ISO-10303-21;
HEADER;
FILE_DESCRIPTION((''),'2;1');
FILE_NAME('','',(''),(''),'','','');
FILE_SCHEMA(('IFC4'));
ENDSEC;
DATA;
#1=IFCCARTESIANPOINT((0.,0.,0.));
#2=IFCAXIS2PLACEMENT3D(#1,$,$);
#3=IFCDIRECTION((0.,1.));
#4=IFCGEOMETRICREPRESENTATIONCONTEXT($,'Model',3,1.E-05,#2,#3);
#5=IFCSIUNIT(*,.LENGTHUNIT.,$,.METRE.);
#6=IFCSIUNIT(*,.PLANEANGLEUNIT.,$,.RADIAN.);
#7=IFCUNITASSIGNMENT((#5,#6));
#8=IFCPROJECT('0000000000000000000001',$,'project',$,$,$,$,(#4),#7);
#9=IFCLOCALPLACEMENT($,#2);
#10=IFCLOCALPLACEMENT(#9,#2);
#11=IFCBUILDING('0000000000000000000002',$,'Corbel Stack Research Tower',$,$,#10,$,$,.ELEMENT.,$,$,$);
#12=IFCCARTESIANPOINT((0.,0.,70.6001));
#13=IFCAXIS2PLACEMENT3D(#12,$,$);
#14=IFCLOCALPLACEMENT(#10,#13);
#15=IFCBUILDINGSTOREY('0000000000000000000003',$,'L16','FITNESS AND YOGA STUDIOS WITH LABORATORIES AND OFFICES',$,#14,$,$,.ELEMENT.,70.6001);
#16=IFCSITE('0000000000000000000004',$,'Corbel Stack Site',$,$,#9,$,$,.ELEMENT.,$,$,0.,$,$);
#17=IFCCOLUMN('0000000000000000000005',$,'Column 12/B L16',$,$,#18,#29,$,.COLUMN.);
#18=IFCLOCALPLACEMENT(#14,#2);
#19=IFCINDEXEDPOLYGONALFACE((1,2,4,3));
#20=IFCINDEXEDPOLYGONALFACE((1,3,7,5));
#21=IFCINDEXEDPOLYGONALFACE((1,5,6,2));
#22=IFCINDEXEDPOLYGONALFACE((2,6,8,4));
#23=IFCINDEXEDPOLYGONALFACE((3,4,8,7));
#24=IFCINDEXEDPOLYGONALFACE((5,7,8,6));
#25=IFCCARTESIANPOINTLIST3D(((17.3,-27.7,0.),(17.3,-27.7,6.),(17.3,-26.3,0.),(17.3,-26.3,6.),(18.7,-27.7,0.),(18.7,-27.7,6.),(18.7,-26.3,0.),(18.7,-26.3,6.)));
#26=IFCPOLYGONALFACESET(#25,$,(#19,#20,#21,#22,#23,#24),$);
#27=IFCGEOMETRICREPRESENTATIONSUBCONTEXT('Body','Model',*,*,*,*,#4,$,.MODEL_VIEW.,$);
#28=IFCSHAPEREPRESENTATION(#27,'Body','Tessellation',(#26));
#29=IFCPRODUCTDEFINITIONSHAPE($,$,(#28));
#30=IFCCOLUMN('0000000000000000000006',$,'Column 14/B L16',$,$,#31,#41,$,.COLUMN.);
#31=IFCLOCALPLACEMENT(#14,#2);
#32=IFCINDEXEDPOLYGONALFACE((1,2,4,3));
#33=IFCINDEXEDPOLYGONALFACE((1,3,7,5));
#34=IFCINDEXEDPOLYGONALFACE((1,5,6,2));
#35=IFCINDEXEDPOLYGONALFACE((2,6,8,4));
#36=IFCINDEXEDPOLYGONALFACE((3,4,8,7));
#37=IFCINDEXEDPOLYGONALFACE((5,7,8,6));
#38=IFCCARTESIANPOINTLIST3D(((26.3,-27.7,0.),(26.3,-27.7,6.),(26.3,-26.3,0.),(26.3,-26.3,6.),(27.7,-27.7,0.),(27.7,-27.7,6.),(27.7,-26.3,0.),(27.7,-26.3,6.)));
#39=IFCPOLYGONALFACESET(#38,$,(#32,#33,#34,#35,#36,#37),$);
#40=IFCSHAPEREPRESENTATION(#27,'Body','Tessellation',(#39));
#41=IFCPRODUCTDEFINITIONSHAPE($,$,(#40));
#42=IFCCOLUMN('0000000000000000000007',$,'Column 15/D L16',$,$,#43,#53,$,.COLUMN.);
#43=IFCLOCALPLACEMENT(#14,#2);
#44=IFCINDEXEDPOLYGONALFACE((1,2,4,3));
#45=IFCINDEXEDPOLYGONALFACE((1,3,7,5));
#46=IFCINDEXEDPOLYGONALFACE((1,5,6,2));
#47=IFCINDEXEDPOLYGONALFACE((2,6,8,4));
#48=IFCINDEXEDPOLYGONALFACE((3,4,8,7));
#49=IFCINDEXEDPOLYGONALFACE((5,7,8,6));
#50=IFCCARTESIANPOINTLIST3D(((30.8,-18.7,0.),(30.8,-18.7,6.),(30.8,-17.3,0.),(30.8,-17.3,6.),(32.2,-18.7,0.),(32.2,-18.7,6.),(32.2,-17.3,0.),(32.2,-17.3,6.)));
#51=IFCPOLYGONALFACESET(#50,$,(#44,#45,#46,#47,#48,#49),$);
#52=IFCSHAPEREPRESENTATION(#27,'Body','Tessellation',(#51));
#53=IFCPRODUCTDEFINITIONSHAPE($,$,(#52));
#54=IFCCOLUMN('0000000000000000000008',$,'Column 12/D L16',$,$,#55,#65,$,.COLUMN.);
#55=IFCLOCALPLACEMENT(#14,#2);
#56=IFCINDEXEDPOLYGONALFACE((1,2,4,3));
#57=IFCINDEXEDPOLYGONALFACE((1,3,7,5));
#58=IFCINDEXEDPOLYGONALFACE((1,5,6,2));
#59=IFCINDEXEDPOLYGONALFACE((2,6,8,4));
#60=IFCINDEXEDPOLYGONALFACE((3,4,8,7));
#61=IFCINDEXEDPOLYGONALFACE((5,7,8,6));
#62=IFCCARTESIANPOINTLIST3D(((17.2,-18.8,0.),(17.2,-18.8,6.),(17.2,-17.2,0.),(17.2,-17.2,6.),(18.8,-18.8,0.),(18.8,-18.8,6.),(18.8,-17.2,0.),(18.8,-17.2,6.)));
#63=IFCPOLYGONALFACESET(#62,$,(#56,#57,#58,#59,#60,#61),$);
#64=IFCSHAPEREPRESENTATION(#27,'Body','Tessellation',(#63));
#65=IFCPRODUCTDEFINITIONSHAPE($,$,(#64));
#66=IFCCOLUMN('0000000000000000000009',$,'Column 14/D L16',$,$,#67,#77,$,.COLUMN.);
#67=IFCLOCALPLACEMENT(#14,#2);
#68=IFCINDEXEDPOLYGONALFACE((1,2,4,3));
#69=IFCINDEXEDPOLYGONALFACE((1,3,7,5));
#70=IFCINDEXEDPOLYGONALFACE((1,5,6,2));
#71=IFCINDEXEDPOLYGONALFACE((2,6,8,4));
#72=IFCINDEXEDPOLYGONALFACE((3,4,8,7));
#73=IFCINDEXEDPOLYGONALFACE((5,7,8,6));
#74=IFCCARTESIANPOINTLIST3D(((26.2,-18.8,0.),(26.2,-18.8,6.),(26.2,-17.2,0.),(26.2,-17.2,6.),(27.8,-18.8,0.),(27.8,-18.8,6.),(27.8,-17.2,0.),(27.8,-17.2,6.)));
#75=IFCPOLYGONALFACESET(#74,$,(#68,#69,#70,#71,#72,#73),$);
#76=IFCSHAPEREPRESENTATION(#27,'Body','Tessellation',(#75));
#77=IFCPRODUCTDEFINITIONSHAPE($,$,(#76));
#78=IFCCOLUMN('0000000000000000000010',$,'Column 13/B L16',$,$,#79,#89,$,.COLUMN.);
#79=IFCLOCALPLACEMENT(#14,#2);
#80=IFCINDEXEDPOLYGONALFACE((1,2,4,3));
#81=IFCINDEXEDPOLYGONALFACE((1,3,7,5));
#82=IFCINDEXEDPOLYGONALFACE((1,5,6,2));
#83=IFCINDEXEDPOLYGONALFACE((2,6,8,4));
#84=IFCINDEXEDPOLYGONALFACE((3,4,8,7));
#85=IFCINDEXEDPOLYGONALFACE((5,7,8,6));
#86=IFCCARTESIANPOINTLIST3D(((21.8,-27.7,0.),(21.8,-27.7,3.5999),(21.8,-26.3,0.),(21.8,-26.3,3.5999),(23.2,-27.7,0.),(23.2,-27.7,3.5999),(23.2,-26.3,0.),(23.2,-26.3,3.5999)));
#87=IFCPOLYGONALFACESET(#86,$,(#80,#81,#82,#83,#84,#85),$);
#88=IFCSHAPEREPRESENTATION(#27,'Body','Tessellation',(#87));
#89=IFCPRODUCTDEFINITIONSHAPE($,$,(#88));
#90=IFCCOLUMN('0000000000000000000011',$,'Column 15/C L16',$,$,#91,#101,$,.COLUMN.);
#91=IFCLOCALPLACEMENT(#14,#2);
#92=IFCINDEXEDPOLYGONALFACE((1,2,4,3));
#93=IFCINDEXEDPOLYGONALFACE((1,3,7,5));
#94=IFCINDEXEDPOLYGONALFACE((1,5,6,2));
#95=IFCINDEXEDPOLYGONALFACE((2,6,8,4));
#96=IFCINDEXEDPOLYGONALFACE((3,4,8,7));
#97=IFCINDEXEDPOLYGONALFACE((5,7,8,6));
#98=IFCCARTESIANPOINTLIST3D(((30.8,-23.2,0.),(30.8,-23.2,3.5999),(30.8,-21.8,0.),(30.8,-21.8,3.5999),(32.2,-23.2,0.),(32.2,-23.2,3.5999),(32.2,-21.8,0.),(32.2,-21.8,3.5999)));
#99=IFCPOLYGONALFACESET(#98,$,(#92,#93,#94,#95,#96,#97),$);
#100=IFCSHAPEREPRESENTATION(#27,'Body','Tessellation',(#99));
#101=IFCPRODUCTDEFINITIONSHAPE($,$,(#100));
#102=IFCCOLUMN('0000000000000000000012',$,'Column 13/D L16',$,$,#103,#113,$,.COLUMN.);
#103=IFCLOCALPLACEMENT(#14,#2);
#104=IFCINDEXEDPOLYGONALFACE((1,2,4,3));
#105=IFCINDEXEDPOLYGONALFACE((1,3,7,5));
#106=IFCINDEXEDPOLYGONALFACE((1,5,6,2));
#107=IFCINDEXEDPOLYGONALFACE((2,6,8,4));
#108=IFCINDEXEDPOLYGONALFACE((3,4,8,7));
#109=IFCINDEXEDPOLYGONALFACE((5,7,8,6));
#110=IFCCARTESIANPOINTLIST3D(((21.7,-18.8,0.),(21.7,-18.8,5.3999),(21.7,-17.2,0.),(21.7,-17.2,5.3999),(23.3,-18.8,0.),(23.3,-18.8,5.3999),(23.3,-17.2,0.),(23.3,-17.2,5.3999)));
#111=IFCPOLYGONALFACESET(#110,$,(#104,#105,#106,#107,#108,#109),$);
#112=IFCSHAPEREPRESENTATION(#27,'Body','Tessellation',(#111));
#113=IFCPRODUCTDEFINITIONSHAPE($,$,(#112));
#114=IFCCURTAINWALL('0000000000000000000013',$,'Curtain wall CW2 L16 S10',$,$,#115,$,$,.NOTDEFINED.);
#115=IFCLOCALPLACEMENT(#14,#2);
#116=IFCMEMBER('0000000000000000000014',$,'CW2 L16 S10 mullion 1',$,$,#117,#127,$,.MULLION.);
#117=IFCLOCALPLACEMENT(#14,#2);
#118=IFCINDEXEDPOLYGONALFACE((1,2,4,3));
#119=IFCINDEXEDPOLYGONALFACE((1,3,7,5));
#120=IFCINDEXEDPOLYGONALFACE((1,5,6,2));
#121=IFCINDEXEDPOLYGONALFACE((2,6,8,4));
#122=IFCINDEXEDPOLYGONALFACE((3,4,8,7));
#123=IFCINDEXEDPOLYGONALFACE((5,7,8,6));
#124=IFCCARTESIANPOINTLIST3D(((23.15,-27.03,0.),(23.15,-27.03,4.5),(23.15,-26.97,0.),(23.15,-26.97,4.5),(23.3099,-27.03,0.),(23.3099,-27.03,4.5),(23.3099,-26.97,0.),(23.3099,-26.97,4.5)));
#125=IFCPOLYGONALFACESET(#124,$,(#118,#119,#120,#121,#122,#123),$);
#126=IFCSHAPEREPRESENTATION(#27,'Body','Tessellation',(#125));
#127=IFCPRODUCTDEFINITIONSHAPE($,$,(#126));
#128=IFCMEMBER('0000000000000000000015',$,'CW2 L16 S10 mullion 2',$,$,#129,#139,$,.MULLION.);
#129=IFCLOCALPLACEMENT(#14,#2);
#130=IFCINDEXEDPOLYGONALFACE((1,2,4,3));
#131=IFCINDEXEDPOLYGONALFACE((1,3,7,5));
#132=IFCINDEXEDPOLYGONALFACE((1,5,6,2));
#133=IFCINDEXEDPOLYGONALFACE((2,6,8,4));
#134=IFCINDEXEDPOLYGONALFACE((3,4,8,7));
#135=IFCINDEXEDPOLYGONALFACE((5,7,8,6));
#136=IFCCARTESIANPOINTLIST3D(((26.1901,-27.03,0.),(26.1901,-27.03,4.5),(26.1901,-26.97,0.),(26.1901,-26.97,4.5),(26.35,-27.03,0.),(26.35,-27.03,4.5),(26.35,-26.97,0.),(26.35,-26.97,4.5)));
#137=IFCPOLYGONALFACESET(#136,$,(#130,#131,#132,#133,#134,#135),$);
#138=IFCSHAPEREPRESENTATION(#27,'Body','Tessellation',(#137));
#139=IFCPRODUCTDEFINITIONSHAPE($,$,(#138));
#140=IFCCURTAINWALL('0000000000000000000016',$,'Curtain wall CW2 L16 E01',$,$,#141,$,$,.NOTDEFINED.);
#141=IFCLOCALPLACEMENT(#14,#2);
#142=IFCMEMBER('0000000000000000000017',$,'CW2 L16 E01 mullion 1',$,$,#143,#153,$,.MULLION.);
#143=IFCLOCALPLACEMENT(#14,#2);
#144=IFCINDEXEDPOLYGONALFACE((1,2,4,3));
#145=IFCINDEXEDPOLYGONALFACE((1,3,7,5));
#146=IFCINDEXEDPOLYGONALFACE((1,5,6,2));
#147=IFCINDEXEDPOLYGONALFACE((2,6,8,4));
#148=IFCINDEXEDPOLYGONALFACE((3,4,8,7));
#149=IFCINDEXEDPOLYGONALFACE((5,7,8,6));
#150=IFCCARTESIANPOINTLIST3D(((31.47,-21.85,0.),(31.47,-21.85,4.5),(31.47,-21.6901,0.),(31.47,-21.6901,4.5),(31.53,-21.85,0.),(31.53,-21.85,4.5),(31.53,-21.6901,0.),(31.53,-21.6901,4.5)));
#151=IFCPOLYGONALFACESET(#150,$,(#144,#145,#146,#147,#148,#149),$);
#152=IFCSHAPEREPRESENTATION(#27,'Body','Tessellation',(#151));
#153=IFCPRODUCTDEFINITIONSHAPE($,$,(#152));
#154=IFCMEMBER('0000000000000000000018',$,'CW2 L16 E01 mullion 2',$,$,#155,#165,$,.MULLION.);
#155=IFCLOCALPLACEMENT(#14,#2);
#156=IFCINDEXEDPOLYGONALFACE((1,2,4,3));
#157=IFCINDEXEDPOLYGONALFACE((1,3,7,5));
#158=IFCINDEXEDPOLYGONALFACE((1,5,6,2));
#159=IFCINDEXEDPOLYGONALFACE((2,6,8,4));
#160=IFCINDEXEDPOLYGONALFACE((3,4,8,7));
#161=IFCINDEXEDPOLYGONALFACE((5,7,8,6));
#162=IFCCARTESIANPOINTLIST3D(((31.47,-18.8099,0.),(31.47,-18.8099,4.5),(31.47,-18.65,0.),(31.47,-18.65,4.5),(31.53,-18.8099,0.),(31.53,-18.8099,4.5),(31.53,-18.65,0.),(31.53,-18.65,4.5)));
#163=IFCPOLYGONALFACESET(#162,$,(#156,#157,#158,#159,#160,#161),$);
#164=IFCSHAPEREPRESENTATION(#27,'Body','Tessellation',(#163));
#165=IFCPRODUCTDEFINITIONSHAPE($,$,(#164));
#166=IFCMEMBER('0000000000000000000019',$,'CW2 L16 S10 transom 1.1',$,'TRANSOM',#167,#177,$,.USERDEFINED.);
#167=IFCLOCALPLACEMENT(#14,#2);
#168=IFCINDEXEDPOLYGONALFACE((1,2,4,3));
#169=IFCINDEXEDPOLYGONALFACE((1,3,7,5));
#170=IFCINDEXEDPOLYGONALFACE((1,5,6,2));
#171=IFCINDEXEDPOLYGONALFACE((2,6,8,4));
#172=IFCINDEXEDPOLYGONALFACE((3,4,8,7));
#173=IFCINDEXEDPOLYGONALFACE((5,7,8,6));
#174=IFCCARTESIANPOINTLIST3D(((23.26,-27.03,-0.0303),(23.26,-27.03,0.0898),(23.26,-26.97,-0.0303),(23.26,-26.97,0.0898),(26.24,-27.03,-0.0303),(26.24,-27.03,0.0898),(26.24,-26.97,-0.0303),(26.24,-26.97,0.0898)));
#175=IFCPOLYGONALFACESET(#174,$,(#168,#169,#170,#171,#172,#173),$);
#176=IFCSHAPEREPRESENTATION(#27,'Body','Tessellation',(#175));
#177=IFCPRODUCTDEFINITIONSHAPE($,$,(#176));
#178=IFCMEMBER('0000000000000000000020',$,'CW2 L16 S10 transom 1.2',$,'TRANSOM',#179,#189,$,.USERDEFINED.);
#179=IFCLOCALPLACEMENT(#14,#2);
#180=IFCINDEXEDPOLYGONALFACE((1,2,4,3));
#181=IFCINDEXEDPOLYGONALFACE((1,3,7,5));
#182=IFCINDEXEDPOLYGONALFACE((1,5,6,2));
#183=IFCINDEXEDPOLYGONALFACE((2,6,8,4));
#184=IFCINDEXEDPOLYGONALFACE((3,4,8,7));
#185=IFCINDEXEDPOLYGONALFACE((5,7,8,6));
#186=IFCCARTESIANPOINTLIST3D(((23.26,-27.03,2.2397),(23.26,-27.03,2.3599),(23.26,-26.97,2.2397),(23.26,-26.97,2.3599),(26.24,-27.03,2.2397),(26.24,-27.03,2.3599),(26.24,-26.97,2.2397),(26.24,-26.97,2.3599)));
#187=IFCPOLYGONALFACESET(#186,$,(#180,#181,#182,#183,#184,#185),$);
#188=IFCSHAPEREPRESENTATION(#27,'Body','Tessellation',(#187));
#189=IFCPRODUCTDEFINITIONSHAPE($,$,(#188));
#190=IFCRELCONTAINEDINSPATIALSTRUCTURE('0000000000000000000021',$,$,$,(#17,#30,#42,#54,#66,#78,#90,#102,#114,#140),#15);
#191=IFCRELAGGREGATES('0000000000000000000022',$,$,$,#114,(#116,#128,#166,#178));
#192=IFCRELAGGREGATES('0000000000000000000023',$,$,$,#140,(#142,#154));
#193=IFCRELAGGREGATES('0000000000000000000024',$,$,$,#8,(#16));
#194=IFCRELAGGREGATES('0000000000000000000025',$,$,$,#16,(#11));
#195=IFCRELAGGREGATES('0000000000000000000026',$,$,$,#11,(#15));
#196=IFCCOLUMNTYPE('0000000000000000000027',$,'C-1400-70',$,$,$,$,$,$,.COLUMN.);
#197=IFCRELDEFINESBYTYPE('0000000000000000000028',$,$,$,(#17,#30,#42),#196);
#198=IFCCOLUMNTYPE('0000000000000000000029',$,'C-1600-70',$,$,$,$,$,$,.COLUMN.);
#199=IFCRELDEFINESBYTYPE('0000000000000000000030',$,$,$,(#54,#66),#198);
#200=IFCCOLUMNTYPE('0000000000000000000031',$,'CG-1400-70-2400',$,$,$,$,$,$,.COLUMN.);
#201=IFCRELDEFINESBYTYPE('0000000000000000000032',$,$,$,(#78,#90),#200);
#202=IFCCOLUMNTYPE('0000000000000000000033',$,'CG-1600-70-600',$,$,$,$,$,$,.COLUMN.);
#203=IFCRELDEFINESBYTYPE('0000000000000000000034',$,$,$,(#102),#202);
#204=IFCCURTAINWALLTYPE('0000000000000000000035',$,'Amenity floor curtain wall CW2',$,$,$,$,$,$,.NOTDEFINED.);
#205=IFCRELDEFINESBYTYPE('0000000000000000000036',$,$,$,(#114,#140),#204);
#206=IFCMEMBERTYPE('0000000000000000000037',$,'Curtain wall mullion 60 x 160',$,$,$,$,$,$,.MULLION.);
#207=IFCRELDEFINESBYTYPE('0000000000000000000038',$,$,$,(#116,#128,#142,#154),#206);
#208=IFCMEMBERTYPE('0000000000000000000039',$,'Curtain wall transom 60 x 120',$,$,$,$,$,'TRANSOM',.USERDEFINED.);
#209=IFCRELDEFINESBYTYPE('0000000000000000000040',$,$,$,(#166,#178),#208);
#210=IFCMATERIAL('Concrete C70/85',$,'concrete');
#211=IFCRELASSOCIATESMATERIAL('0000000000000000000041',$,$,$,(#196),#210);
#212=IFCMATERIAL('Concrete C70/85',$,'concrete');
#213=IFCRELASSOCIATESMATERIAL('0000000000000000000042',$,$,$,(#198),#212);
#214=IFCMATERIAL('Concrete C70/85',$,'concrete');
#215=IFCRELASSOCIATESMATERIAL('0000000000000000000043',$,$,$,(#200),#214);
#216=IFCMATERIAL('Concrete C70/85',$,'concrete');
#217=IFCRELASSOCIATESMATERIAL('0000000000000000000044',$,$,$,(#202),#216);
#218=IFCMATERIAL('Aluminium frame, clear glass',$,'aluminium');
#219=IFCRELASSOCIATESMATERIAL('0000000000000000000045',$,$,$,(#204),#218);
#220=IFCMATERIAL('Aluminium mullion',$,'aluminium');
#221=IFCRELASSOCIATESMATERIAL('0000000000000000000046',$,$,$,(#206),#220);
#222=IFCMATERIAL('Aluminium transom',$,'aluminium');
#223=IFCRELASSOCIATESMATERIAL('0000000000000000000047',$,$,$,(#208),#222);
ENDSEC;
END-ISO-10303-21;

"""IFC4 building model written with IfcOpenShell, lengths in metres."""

from ifc_helpers import new_model, si_unit, direction, frame, origin, origin_2d, place, context, subcontext, project, spatial, rectangle, extrude, material, material_profile, profile_set, type_object, element, aggregate, save


model = new_model("IFC4")

# Units and contexts
model_context = context("Model", 3, precision=1e-05, world=origin(), true_north=direction((0.0, 1.0)))
body_context = subcontext(model_context, "Body", "Model", "MODEL_VIEW")
ifc_project = project(units=[si_unit("LENGTHUNIT", "METRE"), si_unit("PLANEANGLEUNIT", "RADIAN")], contexts=[model_context])

# Site, building, storey
site_placement = place(None, origin())
site = spatial("IfcSite", under=ifc_project, at=site_placement, Name="Corbel Stack Site", CompositionType="ELEMENT", RefElevation=0.0)
building_placement = place(site_placement, origin())
building = spatial("IfcBuilding", under=site, at=building_placement, Name="Corbel Stack Research Tower", CompositionType="ELEMENT")
storey_placement = place(building_placement, frame((0.0, 0.0, 70.6001)))
storey = spatial("IfcBuildingStorey", under=building, at=storey_placement, Name="L16", Description="FITNESS AND YOGA STUDIOS WITH LABORATORIES AND OFFICES", CompositionType="ELEMENT", Elevation=70.6001)

# Columns
ifc_material_1 = material(Name="Concrete C70/85", Category="concrete")
ifc_material_profile_1 = material_profile(ifc_material_1, rectangle(XDim=1.3999, YDim=1.3999, at=origin_2d()), Name="RC 1400 x 1400")
ifc_profile_set_1 = profile_set([ifc_material_profile_1], Name="Concrete C70/85")
column_type_1 = type_object("IfcColumnType", Name="C-1400-70", PredefinedType="COLUMN", material=ifc_profile_set_1)
for number, where, z_axis, x_axis, name in (
    (1, (18.0, -27.0, 0.0), (0.0, 0.0, 1.0), (1.0, 0.0, 0.0), "Column 12/B L16"),
    (2, (27.0, -27.0, 0.0), (0.0, 0.0, 1.0), (1.0, 0.0, 0.0), "Column 14/B L16"),
    (3, (31.5, -18.0, 0.0), (0.0, 0.0, 1.0), (1.0, 0.0, 0.0), "Column 15/D L16"),
):
    element("IfcColumn", number, at=place(storey_placement, frame(where, z_axis=z_axis, x_axis=x_axis)), inside=storey, type_object=column_type_1, Name=name, PredefinedType="COLUMN", context=body_context, shape_type="SweptSolid", body=[
        extrude(rectangle(XDim=1.3999, YDim=1.3999, at=origin_2d()), origin(), (0.0, 0.0, 1.0), 6.0),
    ])
ifc_material_2 = material(Name="Concrete C70/85", Category="concrete")
ifc_material_profile_2 = material_profile(ifc_material_2, rectangle(XDim=1.6001, YDim=1.6001, at=origin_2d()), Name="RC 1600 x 1600")
ifc_profile_set_2 = profile_set([ifc_material_profile_2], Name="Concrete C70/85")
column_type_2 = type_object("IfcColumnType", Name="C-1600-70", PredefinedType="COLUMN", material=ifc_profile_set_2)
for number, where, z_axis, x_axis, name in (
    (4, (18.0, -18.0, 0.0), (0.0, 0.0, 1.0), (1.0, 0.0, 0.0), "Column 12/D L16"),
    (5, (27.0, -18.0, 0.0), (0.0, 0.0, 1.0), (1.0, 0.0, 0.0), "Column 14/D L16"),
):
    element("IfcColumn", number, at=place(storey_placement, frame(where, z_axis=z_axis, x_axis=x_axis)), inside=storey, type_object=column_type_2, Name=name, PredefinedType="COLUMN", context=body_context, shape_type="SweptSolid", body=[
        extrude(rectangle(XDim=1.6001, YDim=1.6001, at=origin_2d()), origin(), (0.0, 0.0, 1.0), 6.0),
    ])
ifc_material_3 = material(Name="Concrete C70/85", Category="concrete")
ifc_material_profile_3 = material_profile(ifc_material_3, rectangle(XDim=1.3999, YDim=1.3999, at=origin_2d()), Name="RC 1400 x 1400")
ifc_profile_set_3 = profile_set([ifc_material_profile_3], Name="Concrete C70/85")
column_type_3 = type_object("IfcColumnType", Name="CG-1400-70-2400", PredefinedType="COLUMN", material=ifc_profile_set_3)
for number, where, z_axis, x_axis, name in (
    (6, (22.5, -27.0, 0.0), (0.0, 0.0, 1.0), (1.0, 0.0, 0.0), "Column 13/B L16"),
    (7, (31.5, -22.5, 0.0), (0.0, 0.0, 1.0), (1.0, 0.0, 0.0), "Column 15/C L16"),
):
    element("IfcColumn", number, at=place(storey_placement, frame(where, z_axis=z_axis, x_axis=x_axis)), inside=storey, type_object=column_type_3, Name=name, PredefinedType="COLUMN", context=body_context, shape_type="SweptSolid", body=[
        extrude(rectangle(XDim=1.3999, YDim=1.3999, at=origin_2d()), origin(), (0.0, 0.0, 1.0), 3.5999),
    ])
ifc_material_4 = material(Name="Concrete C70/85", Category="concrete")
ifc_material_profile_4 = material_profile(ifc_material_4, rectangle(XDim=1.6001, YDim=1.6001, at=origin_2d()), Name="RC 1600 x 1600")
ifc_profile_set_4 = profile_set([ifc_material_profile_4], Name="Concrete C70/85")
column_type_4 = type_object("IfcColumnType", Name="CG-1600-70-600", PredefinedType="COLUMN", material=ifc_profile_set_4)
column_placement = place(storey_placement, frame((22.5, -18.0, 0.0), z_axis=(0.0, 0.0, 1.0), x_axis=(1.0, 0.0, 0.0)))
element("IfcColumn", 8, at=column_placement, inside=storey, type_object=column_type_4, Name="Column 13/D L16", PredefinedType="COLUMN", context=body_context, shape_type="SweptSolid", body=[
    extrude(rectangle(XDim=1.6001, YDim=1.6001, at=origin_2d()), origin(), (0.0, 0.0, 1.0), 5.3999),
])

# Curtain walls, members
ifc_material_5 = material(Name="Aluminium frame, clear glass", Category="aluminium")
curtain_wall_type = type_object("IfcCurtainWallType", Name="Amenity floor curtain wall CW2", PredefinedType="NOTDEFINED", material=ifc_material_5)
curtain_wall_1_placement = place(storey_placement, origin())
curtain_wall_1 = element("IfcCurtainWall", 9, at=curtain_wall_1_placement, inside=storey, type_object=curtain_wall_type, Name="Curtain wall CW2 L16 S10", PredefinedType="NOTDEFINED")
ifc_material_6 = material(Name="Aluminium mullion", Category="aluminium")
ifc_material_profile_5 = material_profile(ifc_material_6, rectangle(XDim=0.0601, YDim=0.1599, at=origin_2d()), Name="Mullion 60 x 160")
ifc_profile_set_5 = profile_set([ifc_material_profile_5], Name="Aluminium mullion")
member_type_1 = type_object("IfcMemberType", Name="Curtain wall mullion 60 x 160", PredefinedType="MULLION", material=ifc_profile_set_5)
member_1_placement = place(storey_placement, frame((23.23, -27.0, 0.0), z_axis=(0.0, 0.0, 1.0), x_axis=(0.0, 1.0, 0.0)))
member_1 = element("IfcMember", 10, at=member_1_placement, type_object=member_type_1, Name="CW2 L16 S10 mullion 1", PredefinedType="MULLION", context=body_context, shape_type="SweptSolid", body=[
    extrude(rectangle(XDim=0.0601, YDim=0.1599, at=origin_2d()), origin(), (0.0, 0.0, 1.0), 4.5),
])
member_2_placement = place(storey_placement, frame((26.27, -27.0, 0.0), z_axis=(0.0, 0.0, 1.0), x_axis=(0.0, 1.0, 0.0)))
member_2 = element("IfcMember", 11, at=member_2_placement, type_object=member_type_1, Name="CW2 L16 S10 mullion 2", PredefinedType="MULLION", context=body_context, shape_type="SweptSolid", body=[
    extrude(rectangle(XDim=0.0601, YDim=0.1599, at=origin_2d()), origin(), (0.0, 0.0, 1.0), 4.5),
])
curtain_wall_2_placement = place(storey_placement, origin())
curtain_wall_2 = element("IfcCurtainWall", 12, at=curtain_wall_2_placement, inside=storey, type_object=curtain_wall_type, Name="Curtain wall CW2 L16 E01", PredefinedType="NOTDEFINED")
member_3_placement = place(storey_placement, frame((31.5, -21.77, 0.0), z_axis=(0.0, 0.0, 1.0), x_axis=(-1.0, 0.0, 0.0)))
member_3 = element("IfcMember", 13, at=member_3_placement, type_object=member_type_1, Name="CW2 L16 E01 mullion 1", PredefinedType="MULLION", context=body_context, shape_type="SweptSolid", body=[
    extrude(rectangle(XDim=0.0601, YDim=0.1599, at=origin_2d()), origin(), (0.0, 0.0, 1.0), 4.5),
])
member_4_placement = place(storey_placement, frame((31.5, -18.73, 0.0), z_axis=(0.0, 0.0, 1.0), x_axis=(-1.0, 0.0, 0.0)))
member_4 = element("IfcMember", 14, at=member_4_placement, type_object=member_type_1, Name="CW2 L16 E01 mullion 2", PredefinedType="MULLION", context=body_context, shape_type="SweptSolid", body=[
    extrude(rectangle(XDim=0.0601, YDim=0.1599, at=origin_2d()), origin(), (0.0, 0.0, 1.0), 4.5),
])

# Members
ifc_material_7 = material(Name="Aluminium transom", Category="aluminium")
ifc_material_profile_6 = material_profile(ifc_material_7, rectangle(XDim=0.0601, YDim=0.1201, at=origin_2d()), Name="Transom 60 x 120")
ifc_profile_set_6 = profile_set([ifc_material_profile_6], Name="Aluminium transom")
member_type_2 = type_object("IfcMemberType", Name="Curtain wall transom 60 x 120", ElementType="TRANSOM", PredefinedType="USERDEFINED", material=ifc_profile_set_6)
member_5_placement = place(storey_placement, frame((23.26, -27.0, 0.0298), z_axis=(1.0, 0.0, 0.0), x_axis=(0.0, 1.0, 0.0)))
member_5 = element("IfcMember", 15, at=member_5_placement, type_object=member_type_2, Name="CW2 L16 S10 transom 1.1", ObjectType="TRANSOM", PredefinedType="USERDEFINED", context=body_context, shape_type="SweptSolid", body=[
    extrude(rectangle(XDim=0.0601, YDim=0.1201, at=origin_2d()), origin(), (0.0, 0.0, 1.0), 2.98),
])
member_6_placement = place(storey_placement, frame((23.26, -27.0, 2.2998), z_axis=(1.0, 0.0, 0.0), x_axis=(0.0, 1.0, 0.0)))
member_6 = element("IfcMember", 16, at=member_6_placement, type_object=member_type_2, Name="CW2 L16 S10 transom 1.2", ObjectType="TRANSOM", PredefinedType="USERDEFINED", context=body_context, shape_type="SweptSolid", body=[
    extrude(rectangle(XDim=0.0601, YDim=0.1201, at=origin_2d()), origin(), (0.0, 0.0, 1.0), 2.98),
])

aggregate(curtain_wall_1, [member_1, member_2, member_5, member_6])
aggregate(curtain_wall_2, [member_3, member_4])

save(model, "model.ifc")
